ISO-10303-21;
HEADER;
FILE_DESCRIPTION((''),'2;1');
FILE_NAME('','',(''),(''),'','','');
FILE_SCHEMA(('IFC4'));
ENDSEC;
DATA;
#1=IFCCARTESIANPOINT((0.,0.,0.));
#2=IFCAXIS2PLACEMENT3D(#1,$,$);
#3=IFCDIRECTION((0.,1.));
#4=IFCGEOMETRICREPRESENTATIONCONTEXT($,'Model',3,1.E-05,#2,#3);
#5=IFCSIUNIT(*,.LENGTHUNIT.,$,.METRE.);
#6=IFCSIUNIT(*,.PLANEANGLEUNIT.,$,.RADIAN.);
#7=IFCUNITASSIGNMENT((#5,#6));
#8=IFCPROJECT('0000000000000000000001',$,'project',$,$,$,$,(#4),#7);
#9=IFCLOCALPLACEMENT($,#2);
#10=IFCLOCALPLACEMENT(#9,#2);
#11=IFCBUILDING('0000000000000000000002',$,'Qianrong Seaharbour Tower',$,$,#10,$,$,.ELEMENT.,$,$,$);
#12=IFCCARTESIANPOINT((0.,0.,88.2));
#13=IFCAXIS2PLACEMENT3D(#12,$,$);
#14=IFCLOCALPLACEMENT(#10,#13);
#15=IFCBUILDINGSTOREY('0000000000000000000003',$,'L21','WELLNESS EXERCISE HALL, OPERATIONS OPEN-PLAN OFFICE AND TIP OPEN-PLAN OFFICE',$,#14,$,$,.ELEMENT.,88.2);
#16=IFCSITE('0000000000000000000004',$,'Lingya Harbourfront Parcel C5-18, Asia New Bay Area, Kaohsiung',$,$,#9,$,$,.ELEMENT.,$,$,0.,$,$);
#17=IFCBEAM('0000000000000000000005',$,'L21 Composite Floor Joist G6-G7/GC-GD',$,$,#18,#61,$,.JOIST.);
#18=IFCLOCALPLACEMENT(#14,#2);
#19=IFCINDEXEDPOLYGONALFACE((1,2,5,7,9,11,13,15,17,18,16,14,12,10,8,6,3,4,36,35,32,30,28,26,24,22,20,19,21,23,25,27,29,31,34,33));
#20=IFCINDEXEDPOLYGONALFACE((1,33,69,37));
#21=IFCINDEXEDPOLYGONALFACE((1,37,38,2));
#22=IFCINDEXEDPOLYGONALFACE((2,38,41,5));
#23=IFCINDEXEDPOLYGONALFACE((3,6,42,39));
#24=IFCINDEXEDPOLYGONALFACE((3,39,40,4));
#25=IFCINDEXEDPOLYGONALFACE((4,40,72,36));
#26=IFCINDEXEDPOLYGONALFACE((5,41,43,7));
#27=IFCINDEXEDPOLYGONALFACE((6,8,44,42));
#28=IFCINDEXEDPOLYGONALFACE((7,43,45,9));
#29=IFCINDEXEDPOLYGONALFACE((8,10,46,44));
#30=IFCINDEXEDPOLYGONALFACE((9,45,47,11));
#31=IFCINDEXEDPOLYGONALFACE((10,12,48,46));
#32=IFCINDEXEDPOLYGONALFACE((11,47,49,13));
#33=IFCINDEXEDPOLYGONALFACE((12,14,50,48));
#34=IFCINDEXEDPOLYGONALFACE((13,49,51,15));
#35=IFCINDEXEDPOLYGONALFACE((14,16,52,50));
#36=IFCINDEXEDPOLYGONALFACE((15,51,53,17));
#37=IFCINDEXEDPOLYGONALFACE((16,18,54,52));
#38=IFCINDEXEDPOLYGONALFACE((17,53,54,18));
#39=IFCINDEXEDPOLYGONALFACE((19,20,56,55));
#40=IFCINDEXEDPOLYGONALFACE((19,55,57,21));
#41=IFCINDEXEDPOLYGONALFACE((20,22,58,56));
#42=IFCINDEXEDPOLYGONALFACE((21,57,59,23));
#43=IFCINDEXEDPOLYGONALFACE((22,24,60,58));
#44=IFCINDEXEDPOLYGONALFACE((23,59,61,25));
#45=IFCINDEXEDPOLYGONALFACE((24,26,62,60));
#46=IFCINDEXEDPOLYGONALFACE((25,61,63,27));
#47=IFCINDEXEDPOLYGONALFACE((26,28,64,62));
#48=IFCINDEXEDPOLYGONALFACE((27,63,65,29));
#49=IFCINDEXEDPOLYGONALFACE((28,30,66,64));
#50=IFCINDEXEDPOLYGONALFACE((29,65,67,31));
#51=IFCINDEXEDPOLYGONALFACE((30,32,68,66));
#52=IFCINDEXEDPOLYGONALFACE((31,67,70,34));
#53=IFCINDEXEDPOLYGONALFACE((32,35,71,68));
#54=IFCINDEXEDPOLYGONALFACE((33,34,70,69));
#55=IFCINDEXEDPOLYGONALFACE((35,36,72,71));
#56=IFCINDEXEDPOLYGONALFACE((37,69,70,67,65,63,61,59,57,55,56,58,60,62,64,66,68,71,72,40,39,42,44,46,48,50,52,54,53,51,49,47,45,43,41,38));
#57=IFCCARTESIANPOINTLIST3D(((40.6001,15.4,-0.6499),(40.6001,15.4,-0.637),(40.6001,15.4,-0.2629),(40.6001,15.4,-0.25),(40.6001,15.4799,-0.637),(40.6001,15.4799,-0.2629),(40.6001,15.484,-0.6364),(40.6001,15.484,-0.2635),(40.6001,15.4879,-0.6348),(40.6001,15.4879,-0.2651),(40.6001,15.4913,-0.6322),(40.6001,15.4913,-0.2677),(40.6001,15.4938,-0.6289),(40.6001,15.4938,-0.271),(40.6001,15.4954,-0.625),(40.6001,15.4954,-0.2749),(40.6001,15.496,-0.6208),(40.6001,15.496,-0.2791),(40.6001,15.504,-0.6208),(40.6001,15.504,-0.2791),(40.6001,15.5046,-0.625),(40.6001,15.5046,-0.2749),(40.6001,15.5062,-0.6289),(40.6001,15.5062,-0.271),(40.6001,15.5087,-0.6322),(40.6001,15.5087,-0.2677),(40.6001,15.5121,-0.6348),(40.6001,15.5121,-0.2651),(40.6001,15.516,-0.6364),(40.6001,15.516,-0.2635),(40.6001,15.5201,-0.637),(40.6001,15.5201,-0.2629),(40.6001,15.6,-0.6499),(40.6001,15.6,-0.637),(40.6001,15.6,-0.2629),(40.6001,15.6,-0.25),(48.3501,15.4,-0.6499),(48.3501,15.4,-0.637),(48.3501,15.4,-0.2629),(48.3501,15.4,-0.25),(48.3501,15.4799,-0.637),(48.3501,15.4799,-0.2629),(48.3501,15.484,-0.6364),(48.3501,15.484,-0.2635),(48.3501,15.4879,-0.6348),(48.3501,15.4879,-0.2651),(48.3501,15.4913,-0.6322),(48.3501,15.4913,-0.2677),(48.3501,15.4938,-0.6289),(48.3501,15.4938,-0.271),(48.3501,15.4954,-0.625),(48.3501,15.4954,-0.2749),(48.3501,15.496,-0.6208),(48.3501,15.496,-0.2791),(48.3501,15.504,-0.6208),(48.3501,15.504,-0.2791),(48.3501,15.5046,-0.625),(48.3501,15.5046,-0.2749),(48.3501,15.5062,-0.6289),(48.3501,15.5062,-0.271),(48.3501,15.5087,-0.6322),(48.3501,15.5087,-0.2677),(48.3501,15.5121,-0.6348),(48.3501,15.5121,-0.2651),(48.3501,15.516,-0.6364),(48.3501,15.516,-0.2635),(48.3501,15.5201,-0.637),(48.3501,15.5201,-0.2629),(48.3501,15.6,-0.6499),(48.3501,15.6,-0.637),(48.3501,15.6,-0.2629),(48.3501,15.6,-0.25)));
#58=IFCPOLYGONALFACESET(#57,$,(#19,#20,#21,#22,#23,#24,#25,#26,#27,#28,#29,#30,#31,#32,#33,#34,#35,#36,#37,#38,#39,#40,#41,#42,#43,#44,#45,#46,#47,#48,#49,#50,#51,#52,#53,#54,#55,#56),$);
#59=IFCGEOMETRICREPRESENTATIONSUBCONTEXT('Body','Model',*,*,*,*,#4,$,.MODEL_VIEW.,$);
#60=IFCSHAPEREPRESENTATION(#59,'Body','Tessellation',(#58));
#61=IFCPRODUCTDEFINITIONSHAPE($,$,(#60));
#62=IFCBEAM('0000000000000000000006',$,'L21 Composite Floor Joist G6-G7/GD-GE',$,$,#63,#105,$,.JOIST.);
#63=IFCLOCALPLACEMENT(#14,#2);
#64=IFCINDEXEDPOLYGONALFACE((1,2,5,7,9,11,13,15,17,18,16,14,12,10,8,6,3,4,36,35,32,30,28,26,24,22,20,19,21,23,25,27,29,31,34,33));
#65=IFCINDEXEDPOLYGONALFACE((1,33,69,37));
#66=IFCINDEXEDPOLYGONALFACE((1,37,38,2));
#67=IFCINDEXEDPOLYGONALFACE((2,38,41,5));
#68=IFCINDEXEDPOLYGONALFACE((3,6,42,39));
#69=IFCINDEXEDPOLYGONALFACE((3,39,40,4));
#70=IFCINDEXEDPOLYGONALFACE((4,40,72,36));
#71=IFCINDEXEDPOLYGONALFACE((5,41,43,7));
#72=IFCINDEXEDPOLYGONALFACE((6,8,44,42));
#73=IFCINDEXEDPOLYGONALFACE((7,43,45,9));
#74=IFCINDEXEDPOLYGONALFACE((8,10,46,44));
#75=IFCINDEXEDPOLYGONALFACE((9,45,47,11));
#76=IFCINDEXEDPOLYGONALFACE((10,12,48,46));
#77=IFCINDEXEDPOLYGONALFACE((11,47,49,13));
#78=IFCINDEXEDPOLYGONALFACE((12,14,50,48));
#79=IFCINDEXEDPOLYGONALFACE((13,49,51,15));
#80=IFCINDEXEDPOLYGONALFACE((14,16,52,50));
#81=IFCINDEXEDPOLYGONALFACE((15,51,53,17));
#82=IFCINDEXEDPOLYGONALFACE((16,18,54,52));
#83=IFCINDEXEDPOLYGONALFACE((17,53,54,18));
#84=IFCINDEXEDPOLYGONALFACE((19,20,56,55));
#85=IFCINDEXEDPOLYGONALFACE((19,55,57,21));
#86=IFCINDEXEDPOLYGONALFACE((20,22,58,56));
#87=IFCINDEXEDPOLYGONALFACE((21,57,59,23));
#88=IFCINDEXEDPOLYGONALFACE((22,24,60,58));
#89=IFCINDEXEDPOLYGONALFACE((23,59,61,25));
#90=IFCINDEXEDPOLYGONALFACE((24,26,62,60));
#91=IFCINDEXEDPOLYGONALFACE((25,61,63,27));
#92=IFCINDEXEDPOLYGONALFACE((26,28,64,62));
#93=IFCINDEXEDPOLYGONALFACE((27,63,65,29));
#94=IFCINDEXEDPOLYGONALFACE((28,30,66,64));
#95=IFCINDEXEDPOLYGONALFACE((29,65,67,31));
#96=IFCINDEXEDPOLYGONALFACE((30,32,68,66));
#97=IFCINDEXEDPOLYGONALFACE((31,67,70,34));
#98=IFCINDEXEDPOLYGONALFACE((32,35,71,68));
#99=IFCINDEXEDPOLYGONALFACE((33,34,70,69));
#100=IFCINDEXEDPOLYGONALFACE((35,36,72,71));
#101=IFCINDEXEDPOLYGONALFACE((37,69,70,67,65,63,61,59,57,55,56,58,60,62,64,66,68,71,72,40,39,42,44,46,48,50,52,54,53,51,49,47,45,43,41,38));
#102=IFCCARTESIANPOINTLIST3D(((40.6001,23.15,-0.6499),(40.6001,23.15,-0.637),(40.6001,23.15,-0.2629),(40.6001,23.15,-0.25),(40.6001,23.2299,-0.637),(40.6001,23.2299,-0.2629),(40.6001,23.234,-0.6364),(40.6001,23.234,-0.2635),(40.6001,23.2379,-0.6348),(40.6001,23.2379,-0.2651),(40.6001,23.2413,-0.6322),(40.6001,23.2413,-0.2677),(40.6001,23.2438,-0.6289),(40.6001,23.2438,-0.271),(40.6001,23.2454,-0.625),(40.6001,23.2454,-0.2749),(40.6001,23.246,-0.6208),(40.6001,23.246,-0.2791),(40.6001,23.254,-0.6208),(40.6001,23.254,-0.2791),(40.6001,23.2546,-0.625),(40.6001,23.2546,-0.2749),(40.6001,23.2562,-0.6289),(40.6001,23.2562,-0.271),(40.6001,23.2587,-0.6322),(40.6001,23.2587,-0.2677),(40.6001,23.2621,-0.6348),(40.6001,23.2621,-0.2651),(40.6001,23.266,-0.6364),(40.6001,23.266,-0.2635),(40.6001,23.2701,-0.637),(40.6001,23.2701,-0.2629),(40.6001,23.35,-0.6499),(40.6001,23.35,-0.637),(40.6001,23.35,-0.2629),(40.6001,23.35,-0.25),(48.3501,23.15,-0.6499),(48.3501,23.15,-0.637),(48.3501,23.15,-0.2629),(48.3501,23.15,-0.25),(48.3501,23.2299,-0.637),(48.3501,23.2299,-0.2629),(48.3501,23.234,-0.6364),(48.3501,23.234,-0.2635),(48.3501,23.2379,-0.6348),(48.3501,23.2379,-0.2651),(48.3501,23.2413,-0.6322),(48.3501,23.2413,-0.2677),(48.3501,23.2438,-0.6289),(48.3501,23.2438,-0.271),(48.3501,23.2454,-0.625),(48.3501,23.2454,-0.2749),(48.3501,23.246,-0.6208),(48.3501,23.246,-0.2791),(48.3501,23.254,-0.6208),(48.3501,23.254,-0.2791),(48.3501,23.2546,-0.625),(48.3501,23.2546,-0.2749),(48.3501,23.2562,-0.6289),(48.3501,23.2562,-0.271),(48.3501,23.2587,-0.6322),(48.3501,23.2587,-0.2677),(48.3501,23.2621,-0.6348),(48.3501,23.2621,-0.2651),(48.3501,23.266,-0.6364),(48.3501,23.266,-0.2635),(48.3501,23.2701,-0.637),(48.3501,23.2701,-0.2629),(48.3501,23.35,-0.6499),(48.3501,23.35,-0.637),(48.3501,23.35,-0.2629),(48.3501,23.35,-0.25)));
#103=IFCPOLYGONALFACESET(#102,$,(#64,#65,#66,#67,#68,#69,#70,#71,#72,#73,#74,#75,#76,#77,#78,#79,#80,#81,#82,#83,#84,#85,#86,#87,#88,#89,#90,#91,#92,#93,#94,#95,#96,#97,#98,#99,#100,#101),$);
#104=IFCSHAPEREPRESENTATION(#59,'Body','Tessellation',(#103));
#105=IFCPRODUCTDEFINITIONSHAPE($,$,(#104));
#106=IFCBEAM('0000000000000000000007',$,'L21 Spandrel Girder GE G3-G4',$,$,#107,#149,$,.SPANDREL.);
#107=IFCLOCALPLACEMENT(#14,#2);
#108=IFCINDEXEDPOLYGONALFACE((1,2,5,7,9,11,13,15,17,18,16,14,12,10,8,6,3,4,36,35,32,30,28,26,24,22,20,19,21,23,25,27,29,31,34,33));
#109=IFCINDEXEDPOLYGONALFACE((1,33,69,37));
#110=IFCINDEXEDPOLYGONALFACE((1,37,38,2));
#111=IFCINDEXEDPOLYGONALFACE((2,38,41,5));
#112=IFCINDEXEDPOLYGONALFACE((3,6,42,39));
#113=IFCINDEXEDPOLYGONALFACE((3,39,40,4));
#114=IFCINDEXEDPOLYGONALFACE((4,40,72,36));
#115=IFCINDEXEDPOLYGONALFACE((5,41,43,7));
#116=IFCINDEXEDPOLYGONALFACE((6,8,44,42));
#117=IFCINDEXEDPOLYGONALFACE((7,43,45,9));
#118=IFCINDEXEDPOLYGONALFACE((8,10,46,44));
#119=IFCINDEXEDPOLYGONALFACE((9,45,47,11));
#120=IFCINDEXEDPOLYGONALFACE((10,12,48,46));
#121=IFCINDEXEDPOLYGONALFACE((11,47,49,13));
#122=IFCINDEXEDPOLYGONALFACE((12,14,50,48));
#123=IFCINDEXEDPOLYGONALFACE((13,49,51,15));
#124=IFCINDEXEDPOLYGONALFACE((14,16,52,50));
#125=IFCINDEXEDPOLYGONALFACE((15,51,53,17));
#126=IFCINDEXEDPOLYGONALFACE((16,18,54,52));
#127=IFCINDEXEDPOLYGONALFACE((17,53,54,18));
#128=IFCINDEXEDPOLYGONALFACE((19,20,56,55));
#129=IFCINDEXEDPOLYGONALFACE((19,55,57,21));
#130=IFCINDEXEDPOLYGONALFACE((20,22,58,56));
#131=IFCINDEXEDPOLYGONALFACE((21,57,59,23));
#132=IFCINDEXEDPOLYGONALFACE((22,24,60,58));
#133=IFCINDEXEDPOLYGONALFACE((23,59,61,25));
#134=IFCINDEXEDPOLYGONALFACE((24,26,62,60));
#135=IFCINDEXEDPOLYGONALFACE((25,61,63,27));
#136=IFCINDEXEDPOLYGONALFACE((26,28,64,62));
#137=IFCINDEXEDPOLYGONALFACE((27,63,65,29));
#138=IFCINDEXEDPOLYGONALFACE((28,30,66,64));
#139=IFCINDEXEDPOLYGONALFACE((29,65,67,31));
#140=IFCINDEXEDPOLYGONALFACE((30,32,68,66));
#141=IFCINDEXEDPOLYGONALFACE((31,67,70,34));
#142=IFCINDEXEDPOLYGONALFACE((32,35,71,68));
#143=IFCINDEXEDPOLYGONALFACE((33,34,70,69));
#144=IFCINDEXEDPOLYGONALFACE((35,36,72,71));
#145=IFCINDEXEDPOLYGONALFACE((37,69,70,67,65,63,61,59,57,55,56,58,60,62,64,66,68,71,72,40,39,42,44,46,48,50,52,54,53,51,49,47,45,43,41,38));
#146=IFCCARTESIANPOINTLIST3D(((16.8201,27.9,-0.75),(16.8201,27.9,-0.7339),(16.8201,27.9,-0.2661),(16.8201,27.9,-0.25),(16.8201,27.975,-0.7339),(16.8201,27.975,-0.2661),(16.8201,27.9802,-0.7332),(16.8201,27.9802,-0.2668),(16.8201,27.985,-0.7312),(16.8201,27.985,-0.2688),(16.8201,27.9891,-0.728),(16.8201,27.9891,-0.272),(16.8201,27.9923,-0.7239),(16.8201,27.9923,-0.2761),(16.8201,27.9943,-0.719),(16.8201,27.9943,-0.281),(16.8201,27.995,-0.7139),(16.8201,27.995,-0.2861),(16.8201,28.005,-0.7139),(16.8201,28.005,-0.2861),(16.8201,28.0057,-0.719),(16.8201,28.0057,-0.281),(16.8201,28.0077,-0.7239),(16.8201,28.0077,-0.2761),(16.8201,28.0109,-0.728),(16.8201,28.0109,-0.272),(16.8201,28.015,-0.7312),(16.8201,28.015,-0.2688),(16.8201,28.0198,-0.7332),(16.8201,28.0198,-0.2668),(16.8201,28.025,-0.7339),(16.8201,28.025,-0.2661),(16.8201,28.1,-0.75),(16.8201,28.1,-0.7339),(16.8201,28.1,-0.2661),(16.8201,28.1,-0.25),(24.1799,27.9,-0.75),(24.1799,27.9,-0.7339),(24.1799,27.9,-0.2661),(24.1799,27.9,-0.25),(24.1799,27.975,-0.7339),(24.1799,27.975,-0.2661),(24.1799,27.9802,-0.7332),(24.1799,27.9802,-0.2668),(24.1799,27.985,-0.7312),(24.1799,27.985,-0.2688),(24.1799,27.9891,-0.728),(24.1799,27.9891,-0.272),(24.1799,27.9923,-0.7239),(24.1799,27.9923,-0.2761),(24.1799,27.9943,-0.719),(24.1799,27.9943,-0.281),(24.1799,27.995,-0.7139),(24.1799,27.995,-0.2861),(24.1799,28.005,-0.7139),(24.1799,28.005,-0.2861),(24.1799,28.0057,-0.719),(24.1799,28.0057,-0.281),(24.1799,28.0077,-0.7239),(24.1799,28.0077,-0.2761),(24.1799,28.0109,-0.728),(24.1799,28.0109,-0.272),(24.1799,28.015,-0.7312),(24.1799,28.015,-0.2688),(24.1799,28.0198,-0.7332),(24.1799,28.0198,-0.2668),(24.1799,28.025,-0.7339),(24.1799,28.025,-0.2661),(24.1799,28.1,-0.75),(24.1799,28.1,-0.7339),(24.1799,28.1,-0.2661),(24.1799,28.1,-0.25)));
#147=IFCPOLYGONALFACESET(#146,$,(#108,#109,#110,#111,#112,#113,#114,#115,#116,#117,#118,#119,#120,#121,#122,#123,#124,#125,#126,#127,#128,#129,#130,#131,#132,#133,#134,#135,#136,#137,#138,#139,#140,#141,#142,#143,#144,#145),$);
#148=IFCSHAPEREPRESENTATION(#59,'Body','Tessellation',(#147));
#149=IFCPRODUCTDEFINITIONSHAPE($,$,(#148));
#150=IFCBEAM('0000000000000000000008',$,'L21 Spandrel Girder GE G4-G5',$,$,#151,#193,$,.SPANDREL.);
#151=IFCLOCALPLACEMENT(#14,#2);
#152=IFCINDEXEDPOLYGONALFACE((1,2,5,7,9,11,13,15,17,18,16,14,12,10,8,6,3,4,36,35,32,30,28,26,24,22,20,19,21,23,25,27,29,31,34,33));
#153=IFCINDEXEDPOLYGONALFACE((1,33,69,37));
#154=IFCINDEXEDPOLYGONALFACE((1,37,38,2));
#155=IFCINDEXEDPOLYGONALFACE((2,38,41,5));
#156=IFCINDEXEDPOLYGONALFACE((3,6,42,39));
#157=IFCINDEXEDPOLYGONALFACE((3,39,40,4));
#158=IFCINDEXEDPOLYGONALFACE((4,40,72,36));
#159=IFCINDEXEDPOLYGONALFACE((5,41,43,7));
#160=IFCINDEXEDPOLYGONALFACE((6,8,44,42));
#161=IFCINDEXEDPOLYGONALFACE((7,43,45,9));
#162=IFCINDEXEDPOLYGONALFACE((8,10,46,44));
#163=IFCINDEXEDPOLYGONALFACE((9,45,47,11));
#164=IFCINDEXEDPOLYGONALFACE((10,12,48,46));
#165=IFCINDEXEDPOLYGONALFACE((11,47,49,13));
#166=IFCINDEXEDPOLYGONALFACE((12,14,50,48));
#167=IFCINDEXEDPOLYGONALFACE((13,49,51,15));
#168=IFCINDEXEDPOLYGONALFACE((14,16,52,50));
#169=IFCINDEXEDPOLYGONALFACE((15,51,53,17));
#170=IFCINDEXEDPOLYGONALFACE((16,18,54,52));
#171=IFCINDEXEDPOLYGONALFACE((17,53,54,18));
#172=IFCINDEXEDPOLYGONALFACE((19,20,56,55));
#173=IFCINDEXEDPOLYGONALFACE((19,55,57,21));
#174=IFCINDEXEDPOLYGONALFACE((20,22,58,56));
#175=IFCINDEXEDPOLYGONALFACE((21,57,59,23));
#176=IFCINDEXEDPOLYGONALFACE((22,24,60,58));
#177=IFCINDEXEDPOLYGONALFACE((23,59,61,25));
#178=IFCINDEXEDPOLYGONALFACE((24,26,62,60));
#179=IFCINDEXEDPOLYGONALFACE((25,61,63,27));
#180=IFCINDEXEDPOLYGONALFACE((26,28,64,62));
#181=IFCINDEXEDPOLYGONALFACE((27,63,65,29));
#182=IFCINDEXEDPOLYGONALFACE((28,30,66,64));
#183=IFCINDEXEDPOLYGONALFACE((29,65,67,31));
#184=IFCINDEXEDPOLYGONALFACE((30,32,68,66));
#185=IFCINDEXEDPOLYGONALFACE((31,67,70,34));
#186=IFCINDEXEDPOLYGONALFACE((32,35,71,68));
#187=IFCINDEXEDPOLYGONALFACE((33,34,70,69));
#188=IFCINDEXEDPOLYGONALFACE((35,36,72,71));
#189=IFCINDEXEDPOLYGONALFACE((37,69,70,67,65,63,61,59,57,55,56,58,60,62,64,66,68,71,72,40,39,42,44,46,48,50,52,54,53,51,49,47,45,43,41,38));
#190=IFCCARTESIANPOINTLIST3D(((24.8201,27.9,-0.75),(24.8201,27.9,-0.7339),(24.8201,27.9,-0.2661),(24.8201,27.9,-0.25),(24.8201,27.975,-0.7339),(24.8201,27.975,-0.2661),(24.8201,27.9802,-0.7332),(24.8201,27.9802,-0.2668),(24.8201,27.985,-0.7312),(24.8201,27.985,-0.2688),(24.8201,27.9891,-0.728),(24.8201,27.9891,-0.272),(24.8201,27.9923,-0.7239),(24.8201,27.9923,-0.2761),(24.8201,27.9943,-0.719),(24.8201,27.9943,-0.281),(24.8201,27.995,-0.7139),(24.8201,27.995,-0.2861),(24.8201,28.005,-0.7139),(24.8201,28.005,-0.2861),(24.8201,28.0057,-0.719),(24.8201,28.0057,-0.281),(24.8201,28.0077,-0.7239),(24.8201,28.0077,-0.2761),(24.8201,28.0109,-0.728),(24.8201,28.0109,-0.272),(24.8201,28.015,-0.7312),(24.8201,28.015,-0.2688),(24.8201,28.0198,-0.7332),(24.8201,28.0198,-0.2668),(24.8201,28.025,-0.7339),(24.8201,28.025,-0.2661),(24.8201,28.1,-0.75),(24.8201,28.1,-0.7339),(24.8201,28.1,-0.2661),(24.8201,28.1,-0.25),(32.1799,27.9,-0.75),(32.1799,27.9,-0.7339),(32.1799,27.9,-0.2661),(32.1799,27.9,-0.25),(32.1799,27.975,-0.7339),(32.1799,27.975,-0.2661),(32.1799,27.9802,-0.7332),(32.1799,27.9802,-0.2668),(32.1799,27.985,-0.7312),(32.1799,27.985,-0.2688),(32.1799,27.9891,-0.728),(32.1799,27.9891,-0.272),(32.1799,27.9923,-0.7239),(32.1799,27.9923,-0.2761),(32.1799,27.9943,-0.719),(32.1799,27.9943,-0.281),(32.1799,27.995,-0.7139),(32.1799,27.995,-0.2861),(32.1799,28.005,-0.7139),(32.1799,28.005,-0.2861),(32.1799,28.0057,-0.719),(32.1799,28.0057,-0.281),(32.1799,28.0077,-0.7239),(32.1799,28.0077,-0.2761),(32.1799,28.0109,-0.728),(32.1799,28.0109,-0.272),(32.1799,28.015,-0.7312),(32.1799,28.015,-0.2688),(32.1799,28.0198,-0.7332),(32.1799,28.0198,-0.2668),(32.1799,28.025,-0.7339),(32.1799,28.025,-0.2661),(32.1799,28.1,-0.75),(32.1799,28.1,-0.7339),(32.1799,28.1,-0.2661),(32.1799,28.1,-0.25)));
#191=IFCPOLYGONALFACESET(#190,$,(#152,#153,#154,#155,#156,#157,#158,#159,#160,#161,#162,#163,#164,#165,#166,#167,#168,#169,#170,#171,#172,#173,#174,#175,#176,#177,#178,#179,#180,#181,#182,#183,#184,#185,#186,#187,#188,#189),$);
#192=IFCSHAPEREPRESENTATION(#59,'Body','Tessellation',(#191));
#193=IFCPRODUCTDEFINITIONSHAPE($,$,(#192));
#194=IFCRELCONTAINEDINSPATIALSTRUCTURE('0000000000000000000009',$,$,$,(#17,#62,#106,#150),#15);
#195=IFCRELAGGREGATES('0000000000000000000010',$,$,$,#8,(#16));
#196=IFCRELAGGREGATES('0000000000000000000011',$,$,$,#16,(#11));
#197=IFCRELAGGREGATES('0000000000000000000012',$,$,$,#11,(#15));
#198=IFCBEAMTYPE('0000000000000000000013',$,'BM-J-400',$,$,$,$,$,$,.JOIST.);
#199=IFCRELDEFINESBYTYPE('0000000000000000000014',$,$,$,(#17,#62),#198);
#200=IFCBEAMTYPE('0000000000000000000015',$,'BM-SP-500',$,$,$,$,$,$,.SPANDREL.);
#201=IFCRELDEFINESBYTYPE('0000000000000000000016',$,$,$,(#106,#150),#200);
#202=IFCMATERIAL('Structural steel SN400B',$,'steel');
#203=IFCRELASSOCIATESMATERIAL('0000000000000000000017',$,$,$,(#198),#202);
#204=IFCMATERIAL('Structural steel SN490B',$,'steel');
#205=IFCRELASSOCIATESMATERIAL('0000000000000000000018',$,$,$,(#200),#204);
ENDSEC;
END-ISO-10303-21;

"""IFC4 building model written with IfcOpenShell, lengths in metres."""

from ifc_helpers import new_model, si_unit, direction, frame, origin, origin_2d, place, context, subcontext, project, spatial, i_section, extrude, material, material_profile, profile_set, type_object, element, save


model = new_model("IFC4")

# Units and contexts
model_context = context("Model", 3, precision=1e-05, world=origin(), true_north=direction((0.0, 1.0)))
body_context = subcontext(model_context, "Body", "Model", "MODEL_VIEW")
ifc_project = project(units=[si_unit("LENGTHUNIT", "METRE"), si_unit("PLANEANGLEUNIT", "RADIAN")], contexts=[model_context])

# Site, building, storey
site_placement = place(None, origin())
site = spatial("IfcSite", under=ifc_project, at=site_placement, Name="Lingya Harbourfront Parcel C5-18, Asia New Bay Area, Kaohsiung", CompositionType="ELEMENT", RefElevation=0.0)
building_placement = place(site_placement, origin())
building = spatial("IfcBuilding", under=site, at=building_placement, Name="Qianrong Seaharbour Tower", CompositionType="ELEMENT")
storey_placement = place(building_placement, frame((0.0, 0.0, 88.2)))
storey = spatial("IfcBuildingStorey", under=building, at=storey_placement, Name="L21", Description="WELLNESS EXERCISE HALL, OPERATIONS OPEN-PLAN OFFICE AND TIP OPEN-PLAN OFFICE", CompositionType="ELEMENT", Elevation=88.2)

# Shared definitions
ifc_material_1 = material(Name="Structural steel SN490B", Category="steel")

# Beams
ifc_material_2 = material(Name="Structural steel SN400B", Category="steel")
ifc_material_profile_1 = material_profile(ifc_material_2, i_section(OverallWidth=0.2, OverallDepth=0.3999, WebThickness=0.0081, FlangeThickness=0.0129, FilletRadius=0.0161, at=origin_2d()), Name="H400x200x8x13")
ifc_profile_set_1 = profile_set([ifc_material_profile_1], Name="Structural steel SN400B")
beam_type_1 = type_object("IfcBeamType", Name="BM-J-400", PredefinedType="JOIST", material=ifc_profile_set_1)
for number, where, z_axis, x_axis, name in (
    (1, (40.6001, 15.5, -0.45), (1.0, 0.0, 0.0), (0.0, 1.0, 0.0), "L21 Composite Floor Joist G6-G7/GC-GD"),
    (2, (40.6001, 23.25, -0.45), (1.0, 0.0, 0.0), (0.0, 1.0, 0.0), "L21 Composite Floor Joist G6-G7/GD-GE"),
):
    element("IfcBeam", number, at=place(storey_placement, frame(where, z_axis=z_axis, x_axis=x_axis)), inside=storey, type_object=beam_type_1, Name=name, PredefinedType="JOIST", context=body_context, shape_type="SweptSolid", body=[
        extrude(i_section(OverallWidth=0.2, OverallDepth=0.3999, WebThickness=0.0081, FlangeThickness=0.0129, FilletRadius=0.0161, at=origin_2d()), origin(), (0.0, 0.0, 1.0), 7.75),
    ])
ifc_material_profile_2 = material_profile(ifc_material_1, i_section(OverallWidth=0.2, OverallDepth=0.5, WebThickness=0.01, FlangeThickness=0.0161, FilletRadius=0.02, at=origin_2d()), Name="H500x200x10x16")
ifc_profile_set_2 = profile_set([ifc_material_profile_2], Name="Structural steel SN490B")
beam_type_2 = type_object("IfcBeamType", Name="BM-SP-500", PredefinedType="SPANDREL", material=ifc_profile_set_2)
for number, where, z_axis, x_axis, name in (
    (3, (16.8201, 28.0, -0.5), (1.0, 0.0, 0.0), (0.0, 1.0, 0.0), "L21 Spandrel Girder GE G3-G4"),
    (4, (24.8201, 28.0, -0.5), (1.0, 0.0, 0.0), (0.0, 1.0, 0.0), "L21 Spandrel Girder GE G4-G5"),
):
    element("IfcBeam", number, at=place(storey_placement, frame(where, z_axis=z_axis, x_axis=x_axis)), inside=storey, type_object=beam_type_2, Name=name, PredefinedType="SPANDREL", context=body_context, shape_type="SweptSolid", body=[
        extrude(i_section(OverallWidth=0.2, OverallDepth=0.5, WebThickness=0.01, FlangeThickness=0.0161, FilletRadius=0.02, at=origin_2d()), origin(), (0.0, 0.0, 1.0), 7.3599),
    ])

save(model, "model.ifc")
